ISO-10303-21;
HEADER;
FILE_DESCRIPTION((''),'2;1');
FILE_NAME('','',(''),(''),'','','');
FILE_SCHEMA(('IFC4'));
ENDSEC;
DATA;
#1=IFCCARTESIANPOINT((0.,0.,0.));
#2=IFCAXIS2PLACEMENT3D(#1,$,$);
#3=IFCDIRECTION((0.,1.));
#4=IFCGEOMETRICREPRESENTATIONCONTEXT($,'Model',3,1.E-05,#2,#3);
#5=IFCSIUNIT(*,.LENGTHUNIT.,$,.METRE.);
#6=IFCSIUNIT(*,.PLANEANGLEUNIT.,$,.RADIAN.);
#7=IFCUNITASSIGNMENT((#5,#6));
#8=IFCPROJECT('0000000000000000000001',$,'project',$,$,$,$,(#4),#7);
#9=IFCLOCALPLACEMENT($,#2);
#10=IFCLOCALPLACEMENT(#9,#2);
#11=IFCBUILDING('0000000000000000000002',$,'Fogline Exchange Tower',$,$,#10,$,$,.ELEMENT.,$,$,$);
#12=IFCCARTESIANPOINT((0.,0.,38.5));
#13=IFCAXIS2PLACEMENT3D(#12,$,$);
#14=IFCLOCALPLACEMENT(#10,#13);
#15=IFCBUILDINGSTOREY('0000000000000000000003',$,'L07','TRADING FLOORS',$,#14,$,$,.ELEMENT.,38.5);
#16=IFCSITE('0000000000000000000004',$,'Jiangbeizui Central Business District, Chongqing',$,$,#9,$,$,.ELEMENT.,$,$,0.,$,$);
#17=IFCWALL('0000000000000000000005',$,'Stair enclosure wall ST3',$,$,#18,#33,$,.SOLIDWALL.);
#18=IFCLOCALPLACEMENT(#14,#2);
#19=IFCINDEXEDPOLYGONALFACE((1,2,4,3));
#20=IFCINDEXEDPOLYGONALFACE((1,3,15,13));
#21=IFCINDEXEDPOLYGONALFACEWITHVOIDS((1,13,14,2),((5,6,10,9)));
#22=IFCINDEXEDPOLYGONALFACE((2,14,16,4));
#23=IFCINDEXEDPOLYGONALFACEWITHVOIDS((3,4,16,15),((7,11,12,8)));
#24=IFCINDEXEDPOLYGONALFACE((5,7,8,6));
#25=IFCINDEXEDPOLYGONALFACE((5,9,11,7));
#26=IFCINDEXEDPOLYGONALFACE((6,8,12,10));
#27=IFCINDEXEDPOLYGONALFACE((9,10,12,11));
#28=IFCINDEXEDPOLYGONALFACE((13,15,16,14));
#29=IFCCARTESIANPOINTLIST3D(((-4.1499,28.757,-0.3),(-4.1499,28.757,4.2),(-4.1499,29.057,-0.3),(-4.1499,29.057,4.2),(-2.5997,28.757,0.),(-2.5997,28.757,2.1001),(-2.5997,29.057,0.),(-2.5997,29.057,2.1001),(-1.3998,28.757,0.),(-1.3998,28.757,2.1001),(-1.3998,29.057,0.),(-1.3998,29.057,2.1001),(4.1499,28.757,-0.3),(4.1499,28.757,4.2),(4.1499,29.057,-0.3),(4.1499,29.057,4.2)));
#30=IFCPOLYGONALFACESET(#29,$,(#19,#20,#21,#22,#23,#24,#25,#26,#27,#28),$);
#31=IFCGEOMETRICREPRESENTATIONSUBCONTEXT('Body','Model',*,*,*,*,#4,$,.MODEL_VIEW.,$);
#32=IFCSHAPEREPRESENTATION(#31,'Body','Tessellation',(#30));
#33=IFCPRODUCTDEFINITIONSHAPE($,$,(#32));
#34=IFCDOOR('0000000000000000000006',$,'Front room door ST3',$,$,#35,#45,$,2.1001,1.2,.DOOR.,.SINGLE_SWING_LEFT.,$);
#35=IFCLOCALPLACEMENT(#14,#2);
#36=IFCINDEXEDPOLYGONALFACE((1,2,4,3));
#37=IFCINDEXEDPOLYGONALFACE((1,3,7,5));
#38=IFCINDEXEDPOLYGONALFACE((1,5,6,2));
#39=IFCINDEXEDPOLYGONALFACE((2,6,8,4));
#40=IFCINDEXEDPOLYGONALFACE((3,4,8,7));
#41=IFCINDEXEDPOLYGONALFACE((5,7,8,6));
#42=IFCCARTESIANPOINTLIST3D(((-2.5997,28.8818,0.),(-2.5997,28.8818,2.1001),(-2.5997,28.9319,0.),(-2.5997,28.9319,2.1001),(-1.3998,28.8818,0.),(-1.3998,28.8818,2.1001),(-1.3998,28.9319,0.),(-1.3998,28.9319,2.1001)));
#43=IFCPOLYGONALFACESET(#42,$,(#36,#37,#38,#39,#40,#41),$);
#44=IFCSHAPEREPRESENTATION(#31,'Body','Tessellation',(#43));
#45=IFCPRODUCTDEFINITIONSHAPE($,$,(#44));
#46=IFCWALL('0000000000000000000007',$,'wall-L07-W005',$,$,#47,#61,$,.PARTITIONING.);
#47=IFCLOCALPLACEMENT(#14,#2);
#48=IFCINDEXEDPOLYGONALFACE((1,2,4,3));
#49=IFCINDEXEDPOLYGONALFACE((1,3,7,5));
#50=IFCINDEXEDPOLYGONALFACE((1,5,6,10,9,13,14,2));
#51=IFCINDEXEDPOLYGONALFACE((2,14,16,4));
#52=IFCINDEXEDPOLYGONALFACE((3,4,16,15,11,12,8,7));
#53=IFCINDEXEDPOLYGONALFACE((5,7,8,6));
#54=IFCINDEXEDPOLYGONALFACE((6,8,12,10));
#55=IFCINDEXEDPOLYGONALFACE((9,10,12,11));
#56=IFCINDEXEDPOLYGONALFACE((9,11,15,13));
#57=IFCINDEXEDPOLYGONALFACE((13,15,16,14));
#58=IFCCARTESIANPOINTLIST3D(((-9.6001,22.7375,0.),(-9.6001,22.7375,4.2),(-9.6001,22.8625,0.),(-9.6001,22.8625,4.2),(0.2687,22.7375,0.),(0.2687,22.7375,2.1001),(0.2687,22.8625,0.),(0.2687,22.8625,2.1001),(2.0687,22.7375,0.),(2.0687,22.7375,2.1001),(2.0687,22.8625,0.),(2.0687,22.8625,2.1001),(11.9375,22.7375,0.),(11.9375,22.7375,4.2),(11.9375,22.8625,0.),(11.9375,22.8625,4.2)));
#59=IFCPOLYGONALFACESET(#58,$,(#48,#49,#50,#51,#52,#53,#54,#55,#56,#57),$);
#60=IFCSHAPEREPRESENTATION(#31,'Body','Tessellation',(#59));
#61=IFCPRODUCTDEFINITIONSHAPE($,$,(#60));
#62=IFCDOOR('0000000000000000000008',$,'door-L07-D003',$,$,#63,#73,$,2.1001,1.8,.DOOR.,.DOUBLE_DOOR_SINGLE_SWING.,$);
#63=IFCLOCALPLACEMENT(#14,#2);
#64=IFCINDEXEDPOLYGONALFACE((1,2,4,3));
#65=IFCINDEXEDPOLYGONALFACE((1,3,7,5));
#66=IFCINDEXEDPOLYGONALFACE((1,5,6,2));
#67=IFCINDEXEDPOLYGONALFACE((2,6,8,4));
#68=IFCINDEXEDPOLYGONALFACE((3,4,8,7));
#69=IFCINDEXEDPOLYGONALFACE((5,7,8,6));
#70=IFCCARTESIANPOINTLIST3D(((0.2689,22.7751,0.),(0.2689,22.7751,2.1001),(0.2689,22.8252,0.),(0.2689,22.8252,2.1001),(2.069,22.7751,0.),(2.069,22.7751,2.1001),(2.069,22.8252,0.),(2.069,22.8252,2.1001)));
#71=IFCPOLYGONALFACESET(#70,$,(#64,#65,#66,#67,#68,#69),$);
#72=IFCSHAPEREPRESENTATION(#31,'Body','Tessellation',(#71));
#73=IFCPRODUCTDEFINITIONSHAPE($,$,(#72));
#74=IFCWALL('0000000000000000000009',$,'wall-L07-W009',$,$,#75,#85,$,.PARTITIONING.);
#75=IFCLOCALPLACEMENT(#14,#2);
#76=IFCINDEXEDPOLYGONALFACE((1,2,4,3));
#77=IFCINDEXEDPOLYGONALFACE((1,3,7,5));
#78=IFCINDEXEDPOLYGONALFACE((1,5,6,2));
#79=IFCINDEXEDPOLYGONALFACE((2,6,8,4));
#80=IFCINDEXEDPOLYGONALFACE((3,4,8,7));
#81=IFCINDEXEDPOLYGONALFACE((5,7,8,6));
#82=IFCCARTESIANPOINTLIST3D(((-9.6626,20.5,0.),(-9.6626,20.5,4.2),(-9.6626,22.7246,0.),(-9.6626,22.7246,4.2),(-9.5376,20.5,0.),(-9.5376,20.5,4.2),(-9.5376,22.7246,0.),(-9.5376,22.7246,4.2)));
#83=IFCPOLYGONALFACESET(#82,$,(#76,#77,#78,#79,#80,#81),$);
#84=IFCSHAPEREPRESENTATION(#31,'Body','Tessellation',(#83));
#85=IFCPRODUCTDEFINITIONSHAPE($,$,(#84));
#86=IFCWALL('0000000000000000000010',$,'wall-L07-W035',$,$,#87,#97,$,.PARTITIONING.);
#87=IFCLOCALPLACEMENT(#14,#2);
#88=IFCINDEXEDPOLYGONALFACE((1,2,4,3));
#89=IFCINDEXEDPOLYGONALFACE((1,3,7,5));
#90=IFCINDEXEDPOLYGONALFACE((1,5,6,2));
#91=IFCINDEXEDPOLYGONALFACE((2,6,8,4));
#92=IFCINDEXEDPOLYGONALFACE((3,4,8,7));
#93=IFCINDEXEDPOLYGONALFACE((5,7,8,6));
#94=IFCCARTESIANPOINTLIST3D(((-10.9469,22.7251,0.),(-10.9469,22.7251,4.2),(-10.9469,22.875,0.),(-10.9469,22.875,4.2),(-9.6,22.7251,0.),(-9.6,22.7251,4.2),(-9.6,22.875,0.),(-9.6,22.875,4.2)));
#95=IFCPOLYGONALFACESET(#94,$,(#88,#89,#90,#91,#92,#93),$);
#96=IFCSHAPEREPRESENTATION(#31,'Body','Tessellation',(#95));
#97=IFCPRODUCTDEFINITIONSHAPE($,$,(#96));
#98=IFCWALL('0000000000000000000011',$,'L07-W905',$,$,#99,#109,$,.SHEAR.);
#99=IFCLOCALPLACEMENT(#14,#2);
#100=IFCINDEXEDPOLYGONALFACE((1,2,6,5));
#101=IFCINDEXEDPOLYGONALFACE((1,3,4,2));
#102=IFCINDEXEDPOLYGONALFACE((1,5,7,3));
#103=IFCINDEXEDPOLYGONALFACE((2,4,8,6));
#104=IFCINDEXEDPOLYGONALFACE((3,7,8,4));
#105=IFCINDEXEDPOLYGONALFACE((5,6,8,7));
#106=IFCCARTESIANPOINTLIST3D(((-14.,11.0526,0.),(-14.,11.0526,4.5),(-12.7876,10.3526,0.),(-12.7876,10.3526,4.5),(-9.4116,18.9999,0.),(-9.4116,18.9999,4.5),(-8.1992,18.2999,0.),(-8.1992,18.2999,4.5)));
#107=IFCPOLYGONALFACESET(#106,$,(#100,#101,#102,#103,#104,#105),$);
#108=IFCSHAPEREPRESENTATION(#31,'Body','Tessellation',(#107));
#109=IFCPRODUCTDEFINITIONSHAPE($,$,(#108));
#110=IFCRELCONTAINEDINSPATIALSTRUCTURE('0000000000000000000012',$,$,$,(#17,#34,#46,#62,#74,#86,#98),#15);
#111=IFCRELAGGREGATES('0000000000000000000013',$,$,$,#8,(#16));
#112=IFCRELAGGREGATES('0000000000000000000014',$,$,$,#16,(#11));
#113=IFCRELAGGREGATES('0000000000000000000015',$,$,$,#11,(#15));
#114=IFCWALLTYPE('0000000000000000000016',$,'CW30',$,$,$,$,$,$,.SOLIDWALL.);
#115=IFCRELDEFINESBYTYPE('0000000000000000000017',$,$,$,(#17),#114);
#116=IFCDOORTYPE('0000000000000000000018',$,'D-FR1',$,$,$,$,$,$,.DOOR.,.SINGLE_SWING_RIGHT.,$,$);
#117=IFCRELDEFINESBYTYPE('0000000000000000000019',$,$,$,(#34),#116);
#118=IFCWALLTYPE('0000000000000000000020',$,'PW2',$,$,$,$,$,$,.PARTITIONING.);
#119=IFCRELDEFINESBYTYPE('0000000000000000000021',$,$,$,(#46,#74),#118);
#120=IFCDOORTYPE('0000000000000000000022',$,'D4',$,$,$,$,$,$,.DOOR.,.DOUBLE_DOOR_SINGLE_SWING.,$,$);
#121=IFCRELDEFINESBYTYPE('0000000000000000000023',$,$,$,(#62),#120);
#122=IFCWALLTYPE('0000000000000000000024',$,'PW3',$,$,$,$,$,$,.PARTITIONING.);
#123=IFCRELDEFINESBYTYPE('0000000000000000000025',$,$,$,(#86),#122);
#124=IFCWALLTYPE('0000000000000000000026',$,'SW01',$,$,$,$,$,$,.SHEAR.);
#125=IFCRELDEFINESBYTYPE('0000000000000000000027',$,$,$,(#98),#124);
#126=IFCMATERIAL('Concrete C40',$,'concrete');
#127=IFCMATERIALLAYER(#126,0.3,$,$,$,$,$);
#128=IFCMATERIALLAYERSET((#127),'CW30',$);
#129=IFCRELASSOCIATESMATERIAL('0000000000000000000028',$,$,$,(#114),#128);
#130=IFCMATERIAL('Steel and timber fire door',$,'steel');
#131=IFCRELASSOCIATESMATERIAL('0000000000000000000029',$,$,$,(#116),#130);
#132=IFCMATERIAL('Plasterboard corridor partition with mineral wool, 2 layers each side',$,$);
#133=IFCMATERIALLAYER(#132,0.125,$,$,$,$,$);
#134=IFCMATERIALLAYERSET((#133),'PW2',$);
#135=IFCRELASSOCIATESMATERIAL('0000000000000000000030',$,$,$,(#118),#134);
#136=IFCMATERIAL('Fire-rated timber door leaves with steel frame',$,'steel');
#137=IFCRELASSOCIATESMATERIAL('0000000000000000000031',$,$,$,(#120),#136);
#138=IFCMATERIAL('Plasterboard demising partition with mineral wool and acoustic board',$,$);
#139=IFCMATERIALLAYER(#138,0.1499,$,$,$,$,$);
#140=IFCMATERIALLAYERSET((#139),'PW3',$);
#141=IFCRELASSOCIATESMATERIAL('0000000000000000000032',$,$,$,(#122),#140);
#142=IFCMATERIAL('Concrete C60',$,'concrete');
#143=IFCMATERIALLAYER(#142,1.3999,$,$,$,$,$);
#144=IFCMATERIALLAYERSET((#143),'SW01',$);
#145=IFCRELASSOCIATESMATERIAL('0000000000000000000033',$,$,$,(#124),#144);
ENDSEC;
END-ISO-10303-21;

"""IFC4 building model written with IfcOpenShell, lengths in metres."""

from ifc_helpers import new_model, si_unit, direction, frame, frame_2d, origin, place, context, subcontext, project, spatial, rectangle, extrude, material, layer, layer_set, type_object, element, fill, save


model = new_model("IFC4")

# Units and contexts
model_context = context("Model", 3, precision=1e-05, world=origin(), true_north=direction((0.0, 1.0)))
body_context = subcontext(model_context, "Body", "Model", "MODEL_VIEW")
ifc_project = project(units=[si_unit("LENGTHUNIT", "METRE"), si_unit("PLANEANGLEUNIT", "RADIAN")], contexts=[model_context])

# Site, building, storey
site_placement = place(None, origin())
site = spatial("IfcSite", under=ifc_project, at=site_placement, Name="Jiangbeizui Central Business District, Chongqing", CompositionType="ELEMENT", RefElevation=0.0)
building_placement = place(site_placement, origin())
building = spatial("IfcBuilding", under=site, at=building_placement, Name="Fogline Exchange Tower", CompositionType="ELEMENT")
storey_placement = place(building_placement, frame((0.0, 0.0, 38.5)))
storey = spatial("IfcBuildingStorey", under=building, at=storey_placement, Name="L07", Description="TRADING FLOORS", CompositionType="ELEMENT", Elevation=38.5)

# Shared definitions
ifc_material_1 = material(Name="Concrete C40", Category="concrete")

# Shared definitions
ifc_material_2 = material(Name="Steel and timber fire door", Category="steel")

# Walls, openings, doors
ifc_layer_1 = layer(ifc_material_1, 0.3)
ifc_layer_set_1 = layer_set([ifc_layer_1], Name="CW30")
wall_type_1 = type_object("IfcWallType", Name="CW30", PredefinedType="SOLIDWALL", material=ifc_layer_set_1)
wall_1_placement = place(storey_placement, frame((-4.1499, 28.907, -0.3), z_axis=(0.0, 0.0, 1.0), x_axis=(1.0, 0.0, 0.0)))
wall_1 = element("IfcWall", 1, at=wall_1_placement, inside=storey, type_object=wall_type_1, Name="Stair enclosure wall ST3", PredefinedType="SOLIDWALL", context=body_context, shape_type="SweptSolid", body=[
    extrude(rectangle(XDim=8.2998, YDim=0.3, at=frame_2d((4.1499, 0.0))), origin(), (0.0, 0.0, 1.0), 4.5),
])
opening_1_placement = place(wall_1_placement, frame((1.55, 0.0, 0.3)))
opening_1 = element("IfcOpeningElement", 2, at=opening_1_placement, cuts=wall_1, PredefinedType="OPENING", context=body_context, shape_type="SweptSolid", body=[
    extrude(rectangle(XDim=1.2, YDim=2.1001, at=frame_2d((0.6001, 1.05))), frame((0.0, 0.1602, 0.0), z_axis=(0.0, -1.0, 0.0), x_axis=(1.0, 0.0, 0.0)), (0.0, 0.0, 1.0), 0.3201),
])
door_type_1 = type_object("IfcDoorType", Name="D-FR1", OperationType="SINGLE_SWING_RIGHT", PredefinedType="DOOR", material=ifc_material_2)
door_1_placement = place(opening_1_placement, origin())
door_1 = element("IfcDoor", 3, at=door_1_placement, inside=storey, type_object=door_type_1, Name="Front room door ST3", OperationType="SINGLE_SWING_LEFT", OverallHeight=2.1001, OverallWidth=1.2, PredefinedType="DOOR", context=body_context, shape_type="SweptSolid", body=[
    extrude(rectangle(XDim=1.2, YDim=2.1001, at=frame_2d((0.6001, 1.05))), frame((0.0, 0.0249, 0.0), z_axis=(0.0, -1.0, 0.0), x_axis=(1.0, 0.0, 0.0)), (0.0, 0.0, 1.0), 0.05),
])
fill(opening_1, door_1)
ifc_material_3 = material(Name="Plasterboard corridor partition with mineral wool, 2 layers each side")
ifc_layer_2 = layer(ifc_material_3, 0.125)
ifc_layer_set_2 = layer_set([ifc_layer_2], Name="PW2")
wall_type_2 = type_object("IfcWallType", Name="PW2", PredefinedType="PARTITIONING", material=ifc_layer_set_2)
wall_2_placement = place(storey_placement, frame((-9.6001, 22.8, 0.0), z_axis=(0.0, 0.0, 1.0), x_axis=(1.0, 0.0, 0.0)))
wall_2 = element("IfcWall", 4, at=wall_2_placement, inside=storey, type_object=wall_type_2, Name="wall-L07-W005", PredefinedType="PARTITIONING", context=body_context, shape_type="SweptSolid", body=[
    extrude(rectangle(XDim=21.5376, YDim=0.125, at=frame_2d((10.7688, 0.0))), origin(), (0.0, 0.0, 1.0), 4.2),
])
opening_2_placement = place(wall_2_placement, frame((9.8689, 0.0, 0.0)))
opening_2 = element("IfcOpeningElement", 5, at=opening_2_placement, cuts=wall_2, PredefinedType="OPENING", context=body_context, shape_type="SweptSolid", body=[
    extrude(rectangle(XDim=1.8, YDim=2.1001, at=frame_2d((0.8999, 1.05))), frame((0.0, 0.0725, 0.0), z_axis=(0.0, -1.0, 0.0), x_axis=(1.0, 0.0, 0.0)), (0.0, 0.0, 1.0), 0.145),
])
ifc_material_4 = material(Name="Fire-rated timber door leaves with steel frame", Category="steel")
door_type_2 = type_object("IfcDoorType", Name="D4", OperationType="DOUBLE_DOOR_SINGLE_SWING", PredefinedType="DOOR", material=ifc_material_4)
door_2_placement = place(opening_2_placement, frame((1.8, 0.0, 0.0), z_axis=(0.0, 0.0, 1.0), x_axis=(-1.0, 0.0, 0.0)))
door_2 = element("IfcDoor", 6, at=door_2_placement, inside=storey, type_object=door_type_2, Name="door-L07-D003", OperationType="DOUBLE_DOOR_SINGLE_SWING", OverallHeight=2.1001, OverallWidth=1.8, PredefinedType="DOOR", context=body_context, shape_type="SweptSolid", body=[
    extrude(rectangle(XDim=1.8, YDim=2.1001, at=frame_2d((0.8999, 1.05))), frame((0.0, 0.0249, 0.0), z_axis=(0.0, -1.0, 0.0), x_axis=(1.0, 0.0, 0.0)), (0.0, 0.0, 1.0), 0.05),
])
fill(opening_2, door_2)

# Walls
wall_3_placement = place(storey_placement, frame((-9.6001, 20.5, 0.0), z_axis=(0.0, 0.0, 1.0), x_axis=(0.0, 1.0, 0.0)))
element("IfcWall", 7, at=wall_3_placement, inside=storey, type_object=wall_type_2, Name="wall-L07-W009", PredefinedType="PARTITIONING", context=body_context, shape_type="SweptSolid", body=[
    extrude(rectangle(XDim=2.2246, YDim=0.125, at=frame_2d((1.1123, 0.0))), origin(), (0.0, 0.0, 1.0), 4.2),
])
ifc_material_5 = material(Name="Plasterboard demising partition with mineral wool and acoustic board")
ifc_layer_3 = layer(ifc_material_5, 0.1499)
ifc_layer_set_3 = layer_set([ifc_layer_3], Name="PW3")
wall_type_3 = type_object("IfcWallType", Name="PW3", PredefinedType="PARTITIONING", material=ifc_layer_set_3)
wall_4_placement = place(storey_placement, frame((-9.6001, 22.8, 0.0), z_axis=(0.0, 0.0, 1.0), x_axis=(-1.0, 0.0, 0.0)))
element("IfcWall", 8, at=wall_4_placement, inside=storey, type_object=wall_type_3, Name="wall-L07-W035", PredefinedType="PARTITIONING", context=body_context, shape_type="SweptSolid", body=[
    extrude(rectangle(XDim=1.3469, YDim=0.1499, at=frame_2d((0.6733, 0.0))), origin(), (0.0, 0.0, 1.0), 4.2),
])
ifc_material_6 = material(Name="Concrete C60", Category="concrete")
ifc_layer_4 = layer(ifc_material_6, 1.3999)
ifc_layer_set_4 = layer_set([ifc_layer_4], Name="SW01")
wall_type_4 = type_object("IfcWallType", Name="SW01", PredefinedType="SHEAR", material=ifc_layer_set_4)
wall_5_placement = place(storey_placement, frame((-8.8054, 18.6499, 0.0), z_axis=(0.0, 0.0, 1.0), x_axis=(-0.500002, -0.866024, 0.0)))
element("IfcWall", 9, at=wall_5_placement, inside=storey, type_object=wall_type_4, Name="L07-W905", PredefinedType="SHEAR", context=body_context, shape_type="SweptSolid", body=[
    extrude(rectangle(XDim=9.1768, YDim=1.3999, at=frame_2d((4.5884, 0.0))), origin(), (0.0, 0.0, 1.0), 4.5),
])

save(model, "model.ifc")
